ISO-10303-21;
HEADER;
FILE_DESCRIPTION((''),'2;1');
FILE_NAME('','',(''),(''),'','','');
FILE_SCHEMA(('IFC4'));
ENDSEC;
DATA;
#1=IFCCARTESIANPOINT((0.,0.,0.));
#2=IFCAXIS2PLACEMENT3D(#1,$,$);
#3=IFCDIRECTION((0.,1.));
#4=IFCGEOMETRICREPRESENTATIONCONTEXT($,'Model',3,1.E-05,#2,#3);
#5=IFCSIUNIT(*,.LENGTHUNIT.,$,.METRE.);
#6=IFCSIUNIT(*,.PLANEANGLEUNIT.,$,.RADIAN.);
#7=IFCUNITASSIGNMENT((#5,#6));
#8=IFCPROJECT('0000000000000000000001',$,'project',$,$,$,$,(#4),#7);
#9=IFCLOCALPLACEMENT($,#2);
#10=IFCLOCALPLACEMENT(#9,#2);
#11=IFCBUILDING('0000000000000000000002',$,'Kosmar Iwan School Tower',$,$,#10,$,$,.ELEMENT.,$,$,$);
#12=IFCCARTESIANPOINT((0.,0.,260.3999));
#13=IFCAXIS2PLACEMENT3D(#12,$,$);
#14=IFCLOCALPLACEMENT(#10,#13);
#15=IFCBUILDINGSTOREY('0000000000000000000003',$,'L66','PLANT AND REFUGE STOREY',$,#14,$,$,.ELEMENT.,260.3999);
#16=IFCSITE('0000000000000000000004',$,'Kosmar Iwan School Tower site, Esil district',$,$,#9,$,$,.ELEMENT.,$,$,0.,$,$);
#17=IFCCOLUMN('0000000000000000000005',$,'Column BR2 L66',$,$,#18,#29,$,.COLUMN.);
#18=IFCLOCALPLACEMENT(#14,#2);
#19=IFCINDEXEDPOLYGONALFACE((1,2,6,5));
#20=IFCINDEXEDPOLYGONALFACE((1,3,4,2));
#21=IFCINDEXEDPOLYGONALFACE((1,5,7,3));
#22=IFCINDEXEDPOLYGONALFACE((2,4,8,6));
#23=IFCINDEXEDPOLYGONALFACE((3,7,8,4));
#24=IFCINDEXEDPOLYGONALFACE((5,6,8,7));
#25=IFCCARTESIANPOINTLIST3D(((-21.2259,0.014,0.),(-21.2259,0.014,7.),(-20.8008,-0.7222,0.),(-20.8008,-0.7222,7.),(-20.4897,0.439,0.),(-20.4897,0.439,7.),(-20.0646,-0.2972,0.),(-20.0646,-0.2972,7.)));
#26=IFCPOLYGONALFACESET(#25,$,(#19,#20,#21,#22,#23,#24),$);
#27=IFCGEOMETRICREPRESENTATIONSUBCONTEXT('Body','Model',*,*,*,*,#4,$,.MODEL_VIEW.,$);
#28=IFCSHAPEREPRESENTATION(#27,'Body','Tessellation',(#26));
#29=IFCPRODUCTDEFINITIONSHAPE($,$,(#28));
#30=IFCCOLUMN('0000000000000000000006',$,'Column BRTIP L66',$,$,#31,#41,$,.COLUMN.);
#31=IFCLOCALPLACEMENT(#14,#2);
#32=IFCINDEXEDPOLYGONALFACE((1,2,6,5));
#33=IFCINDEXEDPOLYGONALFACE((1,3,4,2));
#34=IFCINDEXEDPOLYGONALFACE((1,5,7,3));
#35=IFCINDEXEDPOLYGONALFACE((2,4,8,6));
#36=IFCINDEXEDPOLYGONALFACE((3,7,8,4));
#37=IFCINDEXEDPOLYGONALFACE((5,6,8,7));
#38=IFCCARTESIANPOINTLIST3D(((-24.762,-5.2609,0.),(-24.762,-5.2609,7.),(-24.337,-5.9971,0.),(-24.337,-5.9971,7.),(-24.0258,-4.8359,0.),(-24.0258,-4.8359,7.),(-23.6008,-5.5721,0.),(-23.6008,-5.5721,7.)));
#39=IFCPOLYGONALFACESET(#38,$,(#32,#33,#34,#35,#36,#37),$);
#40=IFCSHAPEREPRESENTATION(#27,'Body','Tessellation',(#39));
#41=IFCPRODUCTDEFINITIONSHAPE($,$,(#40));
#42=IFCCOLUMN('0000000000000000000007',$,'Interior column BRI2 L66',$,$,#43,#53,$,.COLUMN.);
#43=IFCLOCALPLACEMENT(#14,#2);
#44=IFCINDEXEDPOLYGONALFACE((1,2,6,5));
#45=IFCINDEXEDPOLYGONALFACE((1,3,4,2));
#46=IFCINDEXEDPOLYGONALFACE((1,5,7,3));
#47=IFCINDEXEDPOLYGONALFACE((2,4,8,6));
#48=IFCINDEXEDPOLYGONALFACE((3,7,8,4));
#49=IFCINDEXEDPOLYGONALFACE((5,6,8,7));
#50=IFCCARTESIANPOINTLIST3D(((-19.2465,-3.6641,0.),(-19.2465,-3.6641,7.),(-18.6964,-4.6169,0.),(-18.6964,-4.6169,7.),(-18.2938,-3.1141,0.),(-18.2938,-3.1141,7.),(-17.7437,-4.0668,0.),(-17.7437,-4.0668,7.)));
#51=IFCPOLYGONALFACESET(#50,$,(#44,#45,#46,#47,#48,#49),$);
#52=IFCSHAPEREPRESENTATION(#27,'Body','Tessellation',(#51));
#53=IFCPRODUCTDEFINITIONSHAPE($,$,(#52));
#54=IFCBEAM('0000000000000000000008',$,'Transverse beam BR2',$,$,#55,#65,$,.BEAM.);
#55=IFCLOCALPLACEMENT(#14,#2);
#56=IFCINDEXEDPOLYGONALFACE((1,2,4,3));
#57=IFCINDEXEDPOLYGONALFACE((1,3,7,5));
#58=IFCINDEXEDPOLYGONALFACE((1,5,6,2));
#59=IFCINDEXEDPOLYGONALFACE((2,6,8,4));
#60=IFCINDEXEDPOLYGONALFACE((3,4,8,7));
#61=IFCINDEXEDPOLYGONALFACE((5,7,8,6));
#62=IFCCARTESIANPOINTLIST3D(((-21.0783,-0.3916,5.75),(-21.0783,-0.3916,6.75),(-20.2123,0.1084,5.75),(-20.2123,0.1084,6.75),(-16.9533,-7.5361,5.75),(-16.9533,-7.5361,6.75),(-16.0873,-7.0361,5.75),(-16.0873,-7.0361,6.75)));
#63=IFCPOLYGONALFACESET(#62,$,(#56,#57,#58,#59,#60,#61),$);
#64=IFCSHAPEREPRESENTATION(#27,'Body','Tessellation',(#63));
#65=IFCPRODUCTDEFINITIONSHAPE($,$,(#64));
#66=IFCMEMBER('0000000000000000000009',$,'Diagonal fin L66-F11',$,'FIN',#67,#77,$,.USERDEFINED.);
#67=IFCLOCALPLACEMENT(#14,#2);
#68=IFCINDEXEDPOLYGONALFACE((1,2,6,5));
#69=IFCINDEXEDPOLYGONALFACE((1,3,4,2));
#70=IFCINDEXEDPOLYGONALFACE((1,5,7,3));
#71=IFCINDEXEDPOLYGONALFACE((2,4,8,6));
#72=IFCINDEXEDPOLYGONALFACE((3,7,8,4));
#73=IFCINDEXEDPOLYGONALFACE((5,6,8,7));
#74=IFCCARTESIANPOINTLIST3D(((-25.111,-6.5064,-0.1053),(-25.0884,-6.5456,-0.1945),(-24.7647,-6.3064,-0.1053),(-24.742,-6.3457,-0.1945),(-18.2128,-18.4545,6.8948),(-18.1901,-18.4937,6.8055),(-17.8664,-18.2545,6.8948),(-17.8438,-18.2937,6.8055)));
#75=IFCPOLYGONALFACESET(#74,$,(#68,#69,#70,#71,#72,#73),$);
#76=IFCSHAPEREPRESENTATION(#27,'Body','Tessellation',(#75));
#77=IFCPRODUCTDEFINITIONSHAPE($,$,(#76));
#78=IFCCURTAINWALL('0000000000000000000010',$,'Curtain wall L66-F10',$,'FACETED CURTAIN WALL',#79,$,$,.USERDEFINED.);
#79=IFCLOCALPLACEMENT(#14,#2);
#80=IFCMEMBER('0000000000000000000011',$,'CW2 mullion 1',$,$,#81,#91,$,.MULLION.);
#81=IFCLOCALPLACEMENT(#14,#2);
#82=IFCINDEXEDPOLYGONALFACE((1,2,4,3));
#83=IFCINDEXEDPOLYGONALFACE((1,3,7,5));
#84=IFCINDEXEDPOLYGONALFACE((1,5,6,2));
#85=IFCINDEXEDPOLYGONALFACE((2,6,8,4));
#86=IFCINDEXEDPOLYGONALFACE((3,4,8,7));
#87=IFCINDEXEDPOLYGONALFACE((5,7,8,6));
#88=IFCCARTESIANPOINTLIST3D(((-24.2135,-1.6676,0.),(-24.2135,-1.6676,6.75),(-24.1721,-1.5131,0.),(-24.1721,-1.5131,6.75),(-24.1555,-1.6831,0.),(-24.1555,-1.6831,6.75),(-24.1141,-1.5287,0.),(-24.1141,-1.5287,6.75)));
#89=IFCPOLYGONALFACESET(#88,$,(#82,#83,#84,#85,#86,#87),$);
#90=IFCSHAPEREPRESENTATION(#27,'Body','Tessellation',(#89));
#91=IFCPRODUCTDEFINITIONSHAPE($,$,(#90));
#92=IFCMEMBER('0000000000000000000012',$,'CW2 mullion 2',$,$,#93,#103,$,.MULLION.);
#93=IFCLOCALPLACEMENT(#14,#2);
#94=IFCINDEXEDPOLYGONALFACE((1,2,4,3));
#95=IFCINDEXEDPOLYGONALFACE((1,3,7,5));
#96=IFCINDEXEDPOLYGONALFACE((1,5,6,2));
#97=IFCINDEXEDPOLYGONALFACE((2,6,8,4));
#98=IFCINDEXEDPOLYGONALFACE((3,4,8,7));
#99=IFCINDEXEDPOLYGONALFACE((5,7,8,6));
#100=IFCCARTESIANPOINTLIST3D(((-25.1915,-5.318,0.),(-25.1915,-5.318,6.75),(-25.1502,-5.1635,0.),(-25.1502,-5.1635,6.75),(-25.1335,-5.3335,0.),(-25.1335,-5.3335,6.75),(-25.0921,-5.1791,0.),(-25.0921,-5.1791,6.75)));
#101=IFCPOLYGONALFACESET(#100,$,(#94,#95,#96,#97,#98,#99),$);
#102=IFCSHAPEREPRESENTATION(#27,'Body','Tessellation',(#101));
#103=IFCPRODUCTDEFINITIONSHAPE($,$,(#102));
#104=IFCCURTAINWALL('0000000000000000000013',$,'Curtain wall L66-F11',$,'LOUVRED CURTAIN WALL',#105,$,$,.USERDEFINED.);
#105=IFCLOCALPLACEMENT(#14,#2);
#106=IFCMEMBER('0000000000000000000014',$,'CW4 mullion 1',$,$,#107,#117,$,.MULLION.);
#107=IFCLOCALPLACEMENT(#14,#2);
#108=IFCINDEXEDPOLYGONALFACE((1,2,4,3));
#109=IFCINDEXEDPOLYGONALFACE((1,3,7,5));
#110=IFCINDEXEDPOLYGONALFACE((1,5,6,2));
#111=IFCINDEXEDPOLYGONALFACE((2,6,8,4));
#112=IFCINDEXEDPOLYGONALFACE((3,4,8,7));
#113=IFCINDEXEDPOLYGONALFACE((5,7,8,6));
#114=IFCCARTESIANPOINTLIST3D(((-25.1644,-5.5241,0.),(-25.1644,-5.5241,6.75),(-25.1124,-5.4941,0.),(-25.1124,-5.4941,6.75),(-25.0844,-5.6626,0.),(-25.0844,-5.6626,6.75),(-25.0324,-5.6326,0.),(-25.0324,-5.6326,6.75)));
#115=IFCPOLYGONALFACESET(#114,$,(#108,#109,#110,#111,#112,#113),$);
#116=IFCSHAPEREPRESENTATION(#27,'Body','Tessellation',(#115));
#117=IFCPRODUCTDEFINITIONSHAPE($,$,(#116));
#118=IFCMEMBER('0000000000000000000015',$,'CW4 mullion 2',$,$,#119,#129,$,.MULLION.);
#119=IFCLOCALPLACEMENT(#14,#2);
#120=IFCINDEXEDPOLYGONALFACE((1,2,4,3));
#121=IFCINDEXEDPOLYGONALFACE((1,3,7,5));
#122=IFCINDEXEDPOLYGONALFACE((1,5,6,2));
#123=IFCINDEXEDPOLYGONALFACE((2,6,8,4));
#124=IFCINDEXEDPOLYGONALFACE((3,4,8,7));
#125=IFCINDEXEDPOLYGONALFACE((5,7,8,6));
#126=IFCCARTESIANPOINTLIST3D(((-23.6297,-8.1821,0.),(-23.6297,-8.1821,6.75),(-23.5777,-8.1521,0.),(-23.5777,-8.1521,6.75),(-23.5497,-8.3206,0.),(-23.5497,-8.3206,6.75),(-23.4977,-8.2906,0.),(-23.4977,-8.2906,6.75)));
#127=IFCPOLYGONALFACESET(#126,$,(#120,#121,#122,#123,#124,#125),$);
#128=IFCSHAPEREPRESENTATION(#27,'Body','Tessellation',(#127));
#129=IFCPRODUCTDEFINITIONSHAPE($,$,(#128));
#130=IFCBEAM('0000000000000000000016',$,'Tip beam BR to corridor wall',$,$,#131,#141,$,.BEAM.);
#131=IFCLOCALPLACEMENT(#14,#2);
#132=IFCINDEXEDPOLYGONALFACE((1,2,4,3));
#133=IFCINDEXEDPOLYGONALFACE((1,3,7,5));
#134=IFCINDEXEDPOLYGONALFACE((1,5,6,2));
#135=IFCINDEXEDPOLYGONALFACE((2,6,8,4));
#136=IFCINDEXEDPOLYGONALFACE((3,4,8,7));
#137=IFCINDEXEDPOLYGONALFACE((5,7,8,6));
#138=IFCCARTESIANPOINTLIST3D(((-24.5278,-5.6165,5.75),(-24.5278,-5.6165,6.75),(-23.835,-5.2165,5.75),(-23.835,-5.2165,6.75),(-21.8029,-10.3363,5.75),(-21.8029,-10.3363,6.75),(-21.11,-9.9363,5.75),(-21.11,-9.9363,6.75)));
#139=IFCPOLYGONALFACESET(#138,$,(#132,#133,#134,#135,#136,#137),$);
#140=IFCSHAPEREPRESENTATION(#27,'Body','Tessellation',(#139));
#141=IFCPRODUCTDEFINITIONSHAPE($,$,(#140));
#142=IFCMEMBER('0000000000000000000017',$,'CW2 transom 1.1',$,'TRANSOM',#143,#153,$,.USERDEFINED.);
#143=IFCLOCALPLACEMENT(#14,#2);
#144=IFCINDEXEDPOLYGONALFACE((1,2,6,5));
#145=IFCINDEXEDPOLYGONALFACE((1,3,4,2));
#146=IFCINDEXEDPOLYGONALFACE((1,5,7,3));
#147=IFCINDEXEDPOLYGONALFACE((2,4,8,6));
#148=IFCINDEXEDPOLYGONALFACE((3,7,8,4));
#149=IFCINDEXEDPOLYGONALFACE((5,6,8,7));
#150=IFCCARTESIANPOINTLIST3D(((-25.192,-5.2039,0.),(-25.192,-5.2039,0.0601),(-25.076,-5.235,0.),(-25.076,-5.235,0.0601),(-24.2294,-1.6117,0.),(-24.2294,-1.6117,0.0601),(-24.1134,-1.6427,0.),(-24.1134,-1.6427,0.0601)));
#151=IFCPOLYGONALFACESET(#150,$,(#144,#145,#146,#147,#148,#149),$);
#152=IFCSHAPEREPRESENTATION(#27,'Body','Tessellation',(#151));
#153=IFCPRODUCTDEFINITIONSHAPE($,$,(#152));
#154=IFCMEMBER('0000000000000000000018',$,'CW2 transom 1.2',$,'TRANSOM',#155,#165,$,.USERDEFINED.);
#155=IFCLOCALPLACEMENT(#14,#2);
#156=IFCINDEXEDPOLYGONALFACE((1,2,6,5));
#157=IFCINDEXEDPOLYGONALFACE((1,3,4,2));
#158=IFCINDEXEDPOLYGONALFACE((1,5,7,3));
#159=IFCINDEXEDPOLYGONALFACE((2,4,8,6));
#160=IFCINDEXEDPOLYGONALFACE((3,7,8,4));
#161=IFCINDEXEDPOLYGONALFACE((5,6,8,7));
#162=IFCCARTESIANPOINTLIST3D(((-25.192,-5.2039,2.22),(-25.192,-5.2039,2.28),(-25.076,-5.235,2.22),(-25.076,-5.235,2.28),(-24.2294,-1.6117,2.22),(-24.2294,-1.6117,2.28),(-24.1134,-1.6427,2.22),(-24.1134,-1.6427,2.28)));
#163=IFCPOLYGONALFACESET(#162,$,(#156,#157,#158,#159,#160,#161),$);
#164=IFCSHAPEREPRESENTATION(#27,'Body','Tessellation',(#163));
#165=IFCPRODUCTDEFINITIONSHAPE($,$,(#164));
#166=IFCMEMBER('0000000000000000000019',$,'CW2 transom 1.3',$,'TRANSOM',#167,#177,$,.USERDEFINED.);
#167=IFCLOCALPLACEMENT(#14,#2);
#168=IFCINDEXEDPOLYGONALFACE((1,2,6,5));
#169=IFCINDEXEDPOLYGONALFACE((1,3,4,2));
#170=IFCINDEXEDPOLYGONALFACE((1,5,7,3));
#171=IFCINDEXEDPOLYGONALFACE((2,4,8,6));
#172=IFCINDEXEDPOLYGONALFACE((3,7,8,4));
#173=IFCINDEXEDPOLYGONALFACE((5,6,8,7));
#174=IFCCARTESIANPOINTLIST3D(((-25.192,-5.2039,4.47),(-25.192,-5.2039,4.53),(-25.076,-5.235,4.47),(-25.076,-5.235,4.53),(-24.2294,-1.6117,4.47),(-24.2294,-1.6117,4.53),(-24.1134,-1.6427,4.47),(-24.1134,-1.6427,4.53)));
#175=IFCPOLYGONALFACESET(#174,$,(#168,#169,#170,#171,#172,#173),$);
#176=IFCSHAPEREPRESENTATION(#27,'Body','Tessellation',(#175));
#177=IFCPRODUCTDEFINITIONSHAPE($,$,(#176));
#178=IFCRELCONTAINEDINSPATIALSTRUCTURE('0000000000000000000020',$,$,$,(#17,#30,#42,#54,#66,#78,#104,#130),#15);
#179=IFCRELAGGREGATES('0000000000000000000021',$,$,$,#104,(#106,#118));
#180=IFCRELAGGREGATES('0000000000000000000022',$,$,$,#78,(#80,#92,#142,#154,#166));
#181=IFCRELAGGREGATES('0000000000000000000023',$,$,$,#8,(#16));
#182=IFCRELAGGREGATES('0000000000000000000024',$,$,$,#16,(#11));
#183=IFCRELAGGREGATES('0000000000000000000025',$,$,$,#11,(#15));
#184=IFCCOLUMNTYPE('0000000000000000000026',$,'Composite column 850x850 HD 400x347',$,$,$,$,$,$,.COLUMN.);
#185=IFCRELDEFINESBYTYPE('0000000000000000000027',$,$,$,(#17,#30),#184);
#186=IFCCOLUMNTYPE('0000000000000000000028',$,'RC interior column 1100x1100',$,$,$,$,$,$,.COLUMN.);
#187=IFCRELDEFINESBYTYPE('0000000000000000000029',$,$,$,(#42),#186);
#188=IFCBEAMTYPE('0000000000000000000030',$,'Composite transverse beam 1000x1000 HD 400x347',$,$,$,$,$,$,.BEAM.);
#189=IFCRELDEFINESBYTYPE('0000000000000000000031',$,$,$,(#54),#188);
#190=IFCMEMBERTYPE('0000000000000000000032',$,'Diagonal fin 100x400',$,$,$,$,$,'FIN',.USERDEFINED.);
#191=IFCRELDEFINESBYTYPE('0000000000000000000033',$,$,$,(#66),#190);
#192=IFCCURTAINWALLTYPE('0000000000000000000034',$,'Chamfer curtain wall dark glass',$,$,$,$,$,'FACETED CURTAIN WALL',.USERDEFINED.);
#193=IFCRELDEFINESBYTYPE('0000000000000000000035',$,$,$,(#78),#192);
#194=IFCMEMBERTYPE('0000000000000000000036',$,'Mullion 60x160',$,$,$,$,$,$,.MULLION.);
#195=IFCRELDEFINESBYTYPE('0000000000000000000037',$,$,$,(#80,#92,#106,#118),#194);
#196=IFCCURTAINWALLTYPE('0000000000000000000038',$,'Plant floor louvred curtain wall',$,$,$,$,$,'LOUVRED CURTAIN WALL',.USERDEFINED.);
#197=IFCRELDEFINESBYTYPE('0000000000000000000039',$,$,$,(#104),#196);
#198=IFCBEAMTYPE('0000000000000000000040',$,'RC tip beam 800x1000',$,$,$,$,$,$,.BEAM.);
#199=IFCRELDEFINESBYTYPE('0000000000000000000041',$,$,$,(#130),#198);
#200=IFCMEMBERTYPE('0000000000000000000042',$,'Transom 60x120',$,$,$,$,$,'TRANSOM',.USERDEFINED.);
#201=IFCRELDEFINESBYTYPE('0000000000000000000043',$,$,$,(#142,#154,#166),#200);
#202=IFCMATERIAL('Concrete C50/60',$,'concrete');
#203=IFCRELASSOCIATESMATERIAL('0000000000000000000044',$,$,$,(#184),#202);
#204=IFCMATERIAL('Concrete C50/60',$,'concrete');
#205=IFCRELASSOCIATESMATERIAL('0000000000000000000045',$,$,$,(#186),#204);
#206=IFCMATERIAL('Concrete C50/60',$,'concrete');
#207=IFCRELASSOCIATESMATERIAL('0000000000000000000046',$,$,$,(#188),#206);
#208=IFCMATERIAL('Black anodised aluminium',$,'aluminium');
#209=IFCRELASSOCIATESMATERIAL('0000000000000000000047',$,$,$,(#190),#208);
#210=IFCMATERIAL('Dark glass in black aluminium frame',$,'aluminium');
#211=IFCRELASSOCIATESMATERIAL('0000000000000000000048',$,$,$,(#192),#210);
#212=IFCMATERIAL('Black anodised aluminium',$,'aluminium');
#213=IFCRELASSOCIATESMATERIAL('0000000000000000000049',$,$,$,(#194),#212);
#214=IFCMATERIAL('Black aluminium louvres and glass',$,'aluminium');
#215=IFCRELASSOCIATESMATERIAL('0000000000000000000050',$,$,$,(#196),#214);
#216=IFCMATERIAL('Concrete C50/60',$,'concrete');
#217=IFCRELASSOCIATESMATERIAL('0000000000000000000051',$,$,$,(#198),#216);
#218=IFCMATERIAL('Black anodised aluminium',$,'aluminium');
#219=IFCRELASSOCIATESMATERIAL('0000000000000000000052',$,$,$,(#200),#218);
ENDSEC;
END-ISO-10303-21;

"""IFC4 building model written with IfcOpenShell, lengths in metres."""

from ifc_helpers import new_model, si_unit, direction, frame, origin, origin_2d, place, context, subcontext, project, spatial, rectangle, extrude, material, material_profile, profile_set, type_object, element, aggregate, save


model = new_model("IFC4")

# Units and contexts
model_context = context("Model", 3, precision=1e-05, world=origin(), true_north=direction((0.0, 1.0)))
body_context = subcontext(model_context, "Body", "Model", "MODEL_VIEW")
ifc_project = project(units=[si_unit("LENGTHUNIT", "METRE"), si_unit("PLANEANGLEUNIT", "RADIAN")], contexts=[model_context])

# Site, building, storey
site_placement = place(None, origin())
site = spatial("IfcSite", under=ifc_project, at=site_placement, Name="Kosmar Iwan School Tower site, Esil district", CompositionType="ELEMENT", RefElevation=0.0)
building_placement = place(site_placement, origin())
building = spatial("IfcBuilding", under=site, at=building_placement, Name="Kosmar Iwan School Tower", CompositionType="ELEMENT")
storey_placement = place(building_placement, frame((0.0, 0.0, 260.3999)))
storey = spatial("IfcBuildingStorey", under=building, at=storey_placement, Name="L66", Description="PLANT AND REFUGE STOREY", CompositionType="ELEMENT", Elevation=260.3999)

# Columns
ifc_material_1 = material(Name="Concrete C50/60", Category="concrete")
ifc_material_profile_1 = material_profile(ifc_material_1, rectangle(XDim=0.8501, YDim=0.8501, at=origin_2d()), Name="RC 850x850 + HD 400x347")
ifc_profile_set_1 = profile_set([ifc_material_profile_1], Name="Concrete C50/60")
column_type_1 = type_object("IfcColumnType", Name="Composite column 850x850 HD 400x347", PredefinedType="COLUMN", material=ifc_profile_set_1)
for number, where, z_axis, x_axis, name in (
    (1, (-20.6453, -0.1416, 0.0), (0.0, 0.0, 1.0), (-0.866025, -0.5, 0.0), "Column BR2 L66"),
    (2, (-24.1814, -5.4165, 0.0), (0.0, 0.0, 1.0), (-0.866025, -0.5, 0.0), "Column BRTIP L66"),
):
    element("IfcColumn", number, at=place(storey_placement, frame(where, z_axis=z_axis, x_axis=x_axis)), inside=storey, type_object=column_type_1, Name=name, PredefinedType="COLUMN", context=body_context, shape_type="SweptSolid", body=[
        extrude(rectangle(XDim=0.8501, YDim=0.8501, at=origin_2d()), origin(), (0.0, 0.0, 1.0), 7.0),
    ])
ifc_material_2 = material(Name="Concrete C50/60", Category="concrete")
ifc_material_profile_2 = material_profile(ifc_material_2, rectangle(XDim=1.1001, YDim=1.1001, at=origin_2d()), Name="RC 1100x1100")
ifc_profile_set_2 = profile_set([ifc_material_profile_2], Name="Concrete C50/60")
column_type_2 = type_object("IfcColumnType", Name="RC interior column 1100x1100", PredefinedType="COLUMN", material=ifc_profile_set_2)
column_placement = place(storey_placement, frame((-18.4951, -3.8655, 0.0), z_axis=(0.0, 0.0, 1.0), x_axis=(-0.866025, -0.5, 0.0)))
element("IfcColumn", 3, at=column_placement, inside=storey, type_object=column_type_2, Name="Interior column BRI2 L66", PredefinedType="COLUMN", context=body_context, shape_type="SweptSolid", body=[
    extrude(rectangle(XDim=1.1001, YDim=1.1001, at=origin_2d()), origin(), (0.0, 0.0, 1.0), 7.0),
])

# Beam
ifc_material_3 = material(Name="Concrete C50/60", Category="concrete")
ifc_material_profile_3 = material_profile(ifc_material_3, rectangle(XDim=1.0, YDim=1.0, at=origin_2d()), Name="RC 1000x1000 + HD 400x347")
ifc_profile_set_3 = profile_set([ifc_material_profile_3], Name="Concrete C50/60")
beam_type_1 = type_object("IfcBeamType", Name="Composite transverse beam 1000x1000 HD 400x347", PredefinedType="BEAM", material=ifc_profile_set_3)
beam_1_placement = place(storey_placement, frame((-20.6453, -0.1416, 6.25), z_axis=(0.500009, -0.86602, 0.0), x_axis=(0.86602, 0.500009, 0.0)))
element("IfcBeam", 4, at=beam_1_placement, inside=storey, type_object=beam_type_1, Name="Transverse beam BR2", PredefinedType="BEAM", context=body_context, shape_type="SweptSolid", body=[
    extrude(rectangle(XDim=1.0, YDim=1.0, at=origin_2d()), origin(), (0.0, 0.0, 1.0), 8.2498),
])

# Member
ifc_material_4 = material(Name="Black anodised aluminium", Category="aluminium")
ifc_material_profile_4 = material_profile(ifc_material_4, rectangle(XDim=0.1001, YDim=0.3999, at=origin_2d()), Name="FIN 100x400")
ifc_profile_set_4 = profile_set([ifc_material_profile_4], Name="Black anodised aluminium")
member_type_1 = type_object("IfcMemberType", Name="Diagonal fin 100x400", ElementType="FIN", PredefinedType="USERDEFINED", material=ifc_profile_set_4)
member_1_placement = place(storey_placement, frame((-24.9265, -6.426, -0.1499), z_axis=(0.44589, -0.772303, 0.452471), x_axis=(-0.226236, 0.391851, 0.891779)))
element("IfcMember", 5, at=member_1_placement, inside=storey, type_object=member_type_1, Name="Diagonal fin L66-F11", ObjectType="FIN", PredefinedType="USERDEFINED", context=body_context, shape_type="SweptSolid", body=[
    extrude(rectangle(XDim=0.1001, YDim=0.3999, at=origin_2d()), origin(), (0.0, 0.0, 1.0), 15.4707),
])

# Curtain walls, members
ifc_material_5 = material(Name="Dark glass in black aluminium frame", Category="aluminium")
curtain_wall_type_1 = type_object("IfcCurtainWallType", Name="Chamfer curtain wall dark glass", ElementType="FACETED CURTAIN WALL", PredefinedType="USERDEFINED", material=ifc_material_5)
curtain_wall_1_placement = place(storey_placement, origin())
curtain_wall_1 = element("IfcCurtainWall", 6, at=curtain_wall_1_placement, inside=storey, type_object=curtain_wall_type_1, Name="Curtain wall L66-F10", ObjectType="FACETED CURTAIN WALL", PredefinedType="USERDEFINED")
ifc_material_6 = material(Name="Black anodised aluminium", Category="aluminium")
ifc_material_profile_5 = material_profile(ifc_material_6, rectangle(XDim=0.0601, YDim=0.1599, at=origin_2d()), Name="MULLION 60x160")
ifc_profile_set_5 = profile_set([ifc_material_profile_5], Name="Black anodised aluminium")
member_type_2 = type_object("IfcMemberType", Name="Mullion 60x160", PredefinedType="MULLION", material=ifc_profile_set_5)
member_2_placement = place(storey_placement, frame((-24.1638, -1.5981, 0.0), z_axis=(0.0, 0.0, 1.0), x_axis=(0.965926, -0.258819, 0.0)))
member_2 = element("IfcMember", 7, at=member_2_placement, type_object=member_type_2, Name="CW2 mullion 1", PredefinedType="MULLION", context=body_context, shape_type="SweptSolid", body=[
    extrude(rectangle(XDim=0.0601, YDim=0.1599, at=origin_2d()), origin(), (0.0, 0.0, 1.0), 6.75),
])
member_3_placement = place(storey_placement, frame((-25.1418, -5.2485, 0.0), z_axis=(0.0, 0.0, 1.0), x_axis=(0.965926, -0.258819, 0.0)))
member_3 = element("IfcMember", 8, at=member_3_placement, type_object=member_type_2, Name="CW2 mullion 2", PredefinedType="MULLION", context=body_context, shape_type="SweptSolid", body=[
    extrude(rectangle(XDim=0.0601, YDim=0.1599, at=origin_2d()), origin(), (0.0, 0.0, 1.0), 6.75),
])
ifc_material_7 = material(Name="Black aluminium louvres and glass", Category="aluminium")
curtain_wall_type_2 = type_object("IfcCurtainWallType", Name="Plant floor louvred curtain wall", ElementType="LOUVRED CURTAIN WALL", PredefinedType="USERDEFINED", material=ifc_material_7)
curtain_wall_2_placement = place(storey_placement, origin())
curtain_wall_2 = element("IfcCurtainWall", 9, at=curtain_wall_2_placement, inside=storey, type_object=curtain_wall_type_2, Name="Curtain wall L66-F11", ObjectType="LOUVRED CURTAIN WALL", PredefinedType="USERDEFINED")
member_4_placement = place(storey_placement, frame((-25.0984, -5.5784, 0.0), z_axis=(0.0, 0.0, 1.0), x_axis=(0.866025, 0.5, 0.0)))
member_4 = element("IfcMember", 10, at=member_4_placement, type_object=member_type_2, Name="CW4 mullion 1", PredefinedType="MULLION", context=body_context, shape_type="SweptSolid", body=[
    extrude(rectangle(XDim=0.0601, YDim=0.1599, at=origin_2d()), origin(), (0.0, 0.0, 1.0), 6.75),
])
member_5_placement = place(storey_placement, frame((-23.5637, -8.2363, 0.0), z_axis=(0.0, 0.0, 1.0), x_axis=(0.866025, 0.5, 0.0)))
member_5 = element("IfcMember", 11, at=member_5_placement, type_object=member_type_2, Name="CW4 mullion 2", PredefinedType="MULLION", context=body_context, shape_type="SweptSolid", body=[
    extrude(rectangle(XDim=0.0601, YDim=0.1599, at=origin_2d()), origin(), (0.0, 0.0, 1.0), 6.75),
])

# Beam
ifc_material_8 = material(Name="Concrete C50/60", Category="concrete")
ifc_material_profile_6 = material_profile(ifc_material_8, rectangle(XDim=0.8, YDim=1.0, at=origin_2d()), Name="RC 800x1000")
ifc_profile_set_6 = profile_set([ifc_material_profile_6], Name="Concrete C50/60")
beam_type_2 = type_object("IfcBeamType", Name="RC tip beam 800x1000", PredefinedType="BEAM", material=ifc_profile_set_6)
beam_2_placement = place(storey_placement, frame((-24.1814, -5.4165, 6.25), z_axis=(0.499989, -0.866032, 0.0), x_axis=(0.866032, 0.499989, 0.0)))
element("IfcBeam", 12, at=beam_2_placement, inside=storey, type_object=beam_type_2, Name="Tip beam BR to corridor wall", PredefinedType="BEAM", context=body_context, shape_type="SweptSolid", body=[
    extrude(rectangle(XDim=0.8, YDim=1.0, at=origin_2d()), origin(), (0.0, 0.0, 1.0), 5.45),
])

# Members
ifc_material_9 = material(Name="Black anodised aluminium", Category="aluminium")
ifc_material_profile_7 = material_profile(ifc_material_9, rectangle(XDim=0.1201, YDim=0.0601, at=origin_2d()), Name="TRANSOM 60x120")
ifc_profile_set_7 = profile_set([ifc_material_profile_7], Name="Black anodised aluminium")
member_type_3 = type_object("IfcMemberType", Name="Transom 60x120", ElementType="TRANSOM", PredefinedType="USERDEFINED", material=ifc_profile_set_7)
member_6_placement = place(storey_placement, frame((-24.1714, -1.6272, 0.03), z_axis=(-0.258843, -0.965919, 0.0), x_axis=(0.965919, -0.258843, 0.0)))
member_6 = element("IfcMember", 13, at=member_6_placement, type_object=member_type_3, Name="CW2 transom 1.1", ObjectType="TRANSOM", PredefinedType="USERDEFINED", context=body_context, shape_type="SweptSolid", body=[
    extrude(rectangle(XDim=0.1201, YDim=0.0601, at=origin_2d()), origin(), (0.0, 0.0, 1.0), 3.719),
])
member_7_placement = place(storey_placement, frame((-24.1714, -1.6272, 2.25), z_axis=(-0.258843, -0.965919, 0.0), x_axis=(0.965919, -0.258843, 0.0)))
member_7 = element("IfcMember", 14, at=member_7_placement, type_object=member_type_3, Name="CW2 transom 1.2", ObjectType="TRANSOM", PredefinedType="USERDEFINED", context=body_context, shape_type="SweptSolid", body=[
    extrude(rectangle(XDim=0.1201, YDim=0.0601, at=origin_2d()), origin(), (0.0, 0.0, 1.0), 3.719),
])
member_8_placement = place(storey_placement, frame((-24.1714, -1.6272, 4.5), z_axis=(-0.258843, -0.965919, 0.0), x_axis=(0.965919, -0.258843, 0.0)))
member_8 = element("IfcMember", 15, at=member_8_placement, type_object=member_type_3, Name="CW2 transom 1.3", ObjectType="TRANSOM", PredefinedType="USERDEFINED", context=body_context, shape_type="SweptSolid", body=[
    extrude(rectangle(XDim=0.1201, YDim=0.0601, at=origin_2d()), origin(), (0.0, 0.0, 1.0), 3.719),
])

aggregate(curtain_wall_2, [member_4, member_5])
aggregate(curtain_wall_1, [member_2, member_3, member_6, member_7, member_8])

save(model, "model.ifc")
